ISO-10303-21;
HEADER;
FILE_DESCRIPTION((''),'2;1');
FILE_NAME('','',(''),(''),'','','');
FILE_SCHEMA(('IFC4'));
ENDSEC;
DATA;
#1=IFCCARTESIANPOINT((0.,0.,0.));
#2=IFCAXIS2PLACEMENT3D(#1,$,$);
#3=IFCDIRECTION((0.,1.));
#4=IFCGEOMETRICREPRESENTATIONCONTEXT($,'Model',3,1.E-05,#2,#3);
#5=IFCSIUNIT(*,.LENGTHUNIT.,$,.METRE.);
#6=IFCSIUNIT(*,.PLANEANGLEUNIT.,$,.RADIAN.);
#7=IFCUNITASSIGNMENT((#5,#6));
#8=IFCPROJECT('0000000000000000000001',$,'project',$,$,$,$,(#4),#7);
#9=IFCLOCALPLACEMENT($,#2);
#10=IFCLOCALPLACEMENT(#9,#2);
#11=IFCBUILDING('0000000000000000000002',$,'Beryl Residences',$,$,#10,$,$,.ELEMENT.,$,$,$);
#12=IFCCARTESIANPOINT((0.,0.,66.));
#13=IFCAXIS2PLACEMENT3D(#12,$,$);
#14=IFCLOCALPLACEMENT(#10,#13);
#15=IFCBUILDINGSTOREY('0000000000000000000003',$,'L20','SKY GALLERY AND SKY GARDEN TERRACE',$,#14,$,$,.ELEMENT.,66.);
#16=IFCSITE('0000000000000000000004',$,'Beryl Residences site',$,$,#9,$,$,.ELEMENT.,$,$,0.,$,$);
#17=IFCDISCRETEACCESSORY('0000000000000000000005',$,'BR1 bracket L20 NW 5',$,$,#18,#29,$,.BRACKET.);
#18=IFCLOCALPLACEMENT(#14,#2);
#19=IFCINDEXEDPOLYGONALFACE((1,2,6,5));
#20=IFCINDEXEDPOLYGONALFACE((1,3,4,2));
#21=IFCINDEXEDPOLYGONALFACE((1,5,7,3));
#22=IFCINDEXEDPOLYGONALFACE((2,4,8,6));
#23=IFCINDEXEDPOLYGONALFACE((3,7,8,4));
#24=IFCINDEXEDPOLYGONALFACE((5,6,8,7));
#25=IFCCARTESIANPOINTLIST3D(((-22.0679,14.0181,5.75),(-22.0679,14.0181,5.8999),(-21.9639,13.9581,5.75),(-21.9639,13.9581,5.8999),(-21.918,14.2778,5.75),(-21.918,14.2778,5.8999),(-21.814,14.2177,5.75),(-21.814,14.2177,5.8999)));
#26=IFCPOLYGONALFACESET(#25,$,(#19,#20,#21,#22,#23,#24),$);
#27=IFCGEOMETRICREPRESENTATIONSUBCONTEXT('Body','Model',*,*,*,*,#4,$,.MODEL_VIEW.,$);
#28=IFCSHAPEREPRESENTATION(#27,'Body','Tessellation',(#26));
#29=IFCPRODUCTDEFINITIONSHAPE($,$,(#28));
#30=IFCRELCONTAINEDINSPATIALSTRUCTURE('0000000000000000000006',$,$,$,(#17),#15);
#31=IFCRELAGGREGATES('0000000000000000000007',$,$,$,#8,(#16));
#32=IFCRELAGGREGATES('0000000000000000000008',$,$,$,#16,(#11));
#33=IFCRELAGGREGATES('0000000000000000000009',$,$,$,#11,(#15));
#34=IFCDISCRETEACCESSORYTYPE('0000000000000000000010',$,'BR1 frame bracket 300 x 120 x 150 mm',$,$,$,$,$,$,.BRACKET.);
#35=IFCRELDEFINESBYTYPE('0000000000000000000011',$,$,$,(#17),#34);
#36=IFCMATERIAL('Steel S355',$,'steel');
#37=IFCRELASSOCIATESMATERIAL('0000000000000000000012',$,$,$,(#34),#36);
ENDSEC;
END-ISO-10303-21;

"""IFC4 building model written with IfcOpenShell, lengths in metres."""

from ifc_helpers import new_model, si_unit, direction, frame, origin, place, context, subcontext, project, spatial, polyline, outline, extrude, source, transform, mapped, material, type_object, type_shapes, element, save


model = new_model("IFC4")

# Units and contexts
model_context = context("Model", 3, precision=1e-05, world=origin(), true_north=direction((0.0, 1.0)))
body_context = subcontext(model_context, "Body", "Model", "MODEL_VIEW")
ifc_project = project(units=[si_unit("LENGTHUNIT", "METRE"), si_unit("PLANEANGLEUNIT", "RADIAN")], contexts=[model_context])

# Site, building, storey
site_placement = place(None, origin())
site = spatial("IfcSite", under=ifc_project, at=site_placement, Name="Beryl Residences site", CompositionType="ELEMENT", RefElevation=0.0)
building_placement = place(site_placement, origin())
building = spatial("IfcBuilding", under=site, at=building_placement, Name="Beryl Residences", CompositionType="ELEMENT")
storey_placement = place(building_placement, frame((0.0, 0.0, 66.0)))
storey = spatial("IfcBuildingStorey", under=building, at=storey_placement, Name="L20", Description="SKY GALLERY AND SKY GARDEN TERRACE", CompositionType="ELEMENT", Elevation=66.0)

# Discrete accessory
ifc_material_1 = material(Name="Steel S355", Category="steel")
discrete_accessory_type = type_object("IfcDiscreteAccessoryType", Name="BR1 frame bracket 300 x 120 x 150 mm", PredefinedType="BRACKET", material=ifc_material_1)
shared_shape_1 = source(origin(), body_context, "Body", "SweptSolid", [
    extrude(outline(polyline([(-0.1499, 0.0), (0.1499, 0.0), (0.1499, 0.1201), (-0.1499, 0.1201), (-0.1499, 0.0)])), origin(), (0.0, 0.0, 1.0), 0.1499),
])
type_shapes(discrete_accessory_type, [shared_shape_1])
for number, where, z_axis, x_axis, name in (
    (1, (-21.8889, 14.0879, 5.75), (0.0, 0.0, 1.0), (0.5, 0.866025, 0.0), "BR1 bracket L20 NW 5"),
):
    element("IfcDiscreteAccessory", number, at=place(storey_placement, frame(where, z_axis=z_axis, x_axis=x_axis)), inside=storey, type_object=discrete_accessory_type, Name=name, PredefinedType="BRACKET", context=body_context, shape_type="MappedRepresentation", body=[
        mapped(shared_shape_1, transform((0.0, 0.0, 0.0))),
    ])

save(model, "model.ifc")
